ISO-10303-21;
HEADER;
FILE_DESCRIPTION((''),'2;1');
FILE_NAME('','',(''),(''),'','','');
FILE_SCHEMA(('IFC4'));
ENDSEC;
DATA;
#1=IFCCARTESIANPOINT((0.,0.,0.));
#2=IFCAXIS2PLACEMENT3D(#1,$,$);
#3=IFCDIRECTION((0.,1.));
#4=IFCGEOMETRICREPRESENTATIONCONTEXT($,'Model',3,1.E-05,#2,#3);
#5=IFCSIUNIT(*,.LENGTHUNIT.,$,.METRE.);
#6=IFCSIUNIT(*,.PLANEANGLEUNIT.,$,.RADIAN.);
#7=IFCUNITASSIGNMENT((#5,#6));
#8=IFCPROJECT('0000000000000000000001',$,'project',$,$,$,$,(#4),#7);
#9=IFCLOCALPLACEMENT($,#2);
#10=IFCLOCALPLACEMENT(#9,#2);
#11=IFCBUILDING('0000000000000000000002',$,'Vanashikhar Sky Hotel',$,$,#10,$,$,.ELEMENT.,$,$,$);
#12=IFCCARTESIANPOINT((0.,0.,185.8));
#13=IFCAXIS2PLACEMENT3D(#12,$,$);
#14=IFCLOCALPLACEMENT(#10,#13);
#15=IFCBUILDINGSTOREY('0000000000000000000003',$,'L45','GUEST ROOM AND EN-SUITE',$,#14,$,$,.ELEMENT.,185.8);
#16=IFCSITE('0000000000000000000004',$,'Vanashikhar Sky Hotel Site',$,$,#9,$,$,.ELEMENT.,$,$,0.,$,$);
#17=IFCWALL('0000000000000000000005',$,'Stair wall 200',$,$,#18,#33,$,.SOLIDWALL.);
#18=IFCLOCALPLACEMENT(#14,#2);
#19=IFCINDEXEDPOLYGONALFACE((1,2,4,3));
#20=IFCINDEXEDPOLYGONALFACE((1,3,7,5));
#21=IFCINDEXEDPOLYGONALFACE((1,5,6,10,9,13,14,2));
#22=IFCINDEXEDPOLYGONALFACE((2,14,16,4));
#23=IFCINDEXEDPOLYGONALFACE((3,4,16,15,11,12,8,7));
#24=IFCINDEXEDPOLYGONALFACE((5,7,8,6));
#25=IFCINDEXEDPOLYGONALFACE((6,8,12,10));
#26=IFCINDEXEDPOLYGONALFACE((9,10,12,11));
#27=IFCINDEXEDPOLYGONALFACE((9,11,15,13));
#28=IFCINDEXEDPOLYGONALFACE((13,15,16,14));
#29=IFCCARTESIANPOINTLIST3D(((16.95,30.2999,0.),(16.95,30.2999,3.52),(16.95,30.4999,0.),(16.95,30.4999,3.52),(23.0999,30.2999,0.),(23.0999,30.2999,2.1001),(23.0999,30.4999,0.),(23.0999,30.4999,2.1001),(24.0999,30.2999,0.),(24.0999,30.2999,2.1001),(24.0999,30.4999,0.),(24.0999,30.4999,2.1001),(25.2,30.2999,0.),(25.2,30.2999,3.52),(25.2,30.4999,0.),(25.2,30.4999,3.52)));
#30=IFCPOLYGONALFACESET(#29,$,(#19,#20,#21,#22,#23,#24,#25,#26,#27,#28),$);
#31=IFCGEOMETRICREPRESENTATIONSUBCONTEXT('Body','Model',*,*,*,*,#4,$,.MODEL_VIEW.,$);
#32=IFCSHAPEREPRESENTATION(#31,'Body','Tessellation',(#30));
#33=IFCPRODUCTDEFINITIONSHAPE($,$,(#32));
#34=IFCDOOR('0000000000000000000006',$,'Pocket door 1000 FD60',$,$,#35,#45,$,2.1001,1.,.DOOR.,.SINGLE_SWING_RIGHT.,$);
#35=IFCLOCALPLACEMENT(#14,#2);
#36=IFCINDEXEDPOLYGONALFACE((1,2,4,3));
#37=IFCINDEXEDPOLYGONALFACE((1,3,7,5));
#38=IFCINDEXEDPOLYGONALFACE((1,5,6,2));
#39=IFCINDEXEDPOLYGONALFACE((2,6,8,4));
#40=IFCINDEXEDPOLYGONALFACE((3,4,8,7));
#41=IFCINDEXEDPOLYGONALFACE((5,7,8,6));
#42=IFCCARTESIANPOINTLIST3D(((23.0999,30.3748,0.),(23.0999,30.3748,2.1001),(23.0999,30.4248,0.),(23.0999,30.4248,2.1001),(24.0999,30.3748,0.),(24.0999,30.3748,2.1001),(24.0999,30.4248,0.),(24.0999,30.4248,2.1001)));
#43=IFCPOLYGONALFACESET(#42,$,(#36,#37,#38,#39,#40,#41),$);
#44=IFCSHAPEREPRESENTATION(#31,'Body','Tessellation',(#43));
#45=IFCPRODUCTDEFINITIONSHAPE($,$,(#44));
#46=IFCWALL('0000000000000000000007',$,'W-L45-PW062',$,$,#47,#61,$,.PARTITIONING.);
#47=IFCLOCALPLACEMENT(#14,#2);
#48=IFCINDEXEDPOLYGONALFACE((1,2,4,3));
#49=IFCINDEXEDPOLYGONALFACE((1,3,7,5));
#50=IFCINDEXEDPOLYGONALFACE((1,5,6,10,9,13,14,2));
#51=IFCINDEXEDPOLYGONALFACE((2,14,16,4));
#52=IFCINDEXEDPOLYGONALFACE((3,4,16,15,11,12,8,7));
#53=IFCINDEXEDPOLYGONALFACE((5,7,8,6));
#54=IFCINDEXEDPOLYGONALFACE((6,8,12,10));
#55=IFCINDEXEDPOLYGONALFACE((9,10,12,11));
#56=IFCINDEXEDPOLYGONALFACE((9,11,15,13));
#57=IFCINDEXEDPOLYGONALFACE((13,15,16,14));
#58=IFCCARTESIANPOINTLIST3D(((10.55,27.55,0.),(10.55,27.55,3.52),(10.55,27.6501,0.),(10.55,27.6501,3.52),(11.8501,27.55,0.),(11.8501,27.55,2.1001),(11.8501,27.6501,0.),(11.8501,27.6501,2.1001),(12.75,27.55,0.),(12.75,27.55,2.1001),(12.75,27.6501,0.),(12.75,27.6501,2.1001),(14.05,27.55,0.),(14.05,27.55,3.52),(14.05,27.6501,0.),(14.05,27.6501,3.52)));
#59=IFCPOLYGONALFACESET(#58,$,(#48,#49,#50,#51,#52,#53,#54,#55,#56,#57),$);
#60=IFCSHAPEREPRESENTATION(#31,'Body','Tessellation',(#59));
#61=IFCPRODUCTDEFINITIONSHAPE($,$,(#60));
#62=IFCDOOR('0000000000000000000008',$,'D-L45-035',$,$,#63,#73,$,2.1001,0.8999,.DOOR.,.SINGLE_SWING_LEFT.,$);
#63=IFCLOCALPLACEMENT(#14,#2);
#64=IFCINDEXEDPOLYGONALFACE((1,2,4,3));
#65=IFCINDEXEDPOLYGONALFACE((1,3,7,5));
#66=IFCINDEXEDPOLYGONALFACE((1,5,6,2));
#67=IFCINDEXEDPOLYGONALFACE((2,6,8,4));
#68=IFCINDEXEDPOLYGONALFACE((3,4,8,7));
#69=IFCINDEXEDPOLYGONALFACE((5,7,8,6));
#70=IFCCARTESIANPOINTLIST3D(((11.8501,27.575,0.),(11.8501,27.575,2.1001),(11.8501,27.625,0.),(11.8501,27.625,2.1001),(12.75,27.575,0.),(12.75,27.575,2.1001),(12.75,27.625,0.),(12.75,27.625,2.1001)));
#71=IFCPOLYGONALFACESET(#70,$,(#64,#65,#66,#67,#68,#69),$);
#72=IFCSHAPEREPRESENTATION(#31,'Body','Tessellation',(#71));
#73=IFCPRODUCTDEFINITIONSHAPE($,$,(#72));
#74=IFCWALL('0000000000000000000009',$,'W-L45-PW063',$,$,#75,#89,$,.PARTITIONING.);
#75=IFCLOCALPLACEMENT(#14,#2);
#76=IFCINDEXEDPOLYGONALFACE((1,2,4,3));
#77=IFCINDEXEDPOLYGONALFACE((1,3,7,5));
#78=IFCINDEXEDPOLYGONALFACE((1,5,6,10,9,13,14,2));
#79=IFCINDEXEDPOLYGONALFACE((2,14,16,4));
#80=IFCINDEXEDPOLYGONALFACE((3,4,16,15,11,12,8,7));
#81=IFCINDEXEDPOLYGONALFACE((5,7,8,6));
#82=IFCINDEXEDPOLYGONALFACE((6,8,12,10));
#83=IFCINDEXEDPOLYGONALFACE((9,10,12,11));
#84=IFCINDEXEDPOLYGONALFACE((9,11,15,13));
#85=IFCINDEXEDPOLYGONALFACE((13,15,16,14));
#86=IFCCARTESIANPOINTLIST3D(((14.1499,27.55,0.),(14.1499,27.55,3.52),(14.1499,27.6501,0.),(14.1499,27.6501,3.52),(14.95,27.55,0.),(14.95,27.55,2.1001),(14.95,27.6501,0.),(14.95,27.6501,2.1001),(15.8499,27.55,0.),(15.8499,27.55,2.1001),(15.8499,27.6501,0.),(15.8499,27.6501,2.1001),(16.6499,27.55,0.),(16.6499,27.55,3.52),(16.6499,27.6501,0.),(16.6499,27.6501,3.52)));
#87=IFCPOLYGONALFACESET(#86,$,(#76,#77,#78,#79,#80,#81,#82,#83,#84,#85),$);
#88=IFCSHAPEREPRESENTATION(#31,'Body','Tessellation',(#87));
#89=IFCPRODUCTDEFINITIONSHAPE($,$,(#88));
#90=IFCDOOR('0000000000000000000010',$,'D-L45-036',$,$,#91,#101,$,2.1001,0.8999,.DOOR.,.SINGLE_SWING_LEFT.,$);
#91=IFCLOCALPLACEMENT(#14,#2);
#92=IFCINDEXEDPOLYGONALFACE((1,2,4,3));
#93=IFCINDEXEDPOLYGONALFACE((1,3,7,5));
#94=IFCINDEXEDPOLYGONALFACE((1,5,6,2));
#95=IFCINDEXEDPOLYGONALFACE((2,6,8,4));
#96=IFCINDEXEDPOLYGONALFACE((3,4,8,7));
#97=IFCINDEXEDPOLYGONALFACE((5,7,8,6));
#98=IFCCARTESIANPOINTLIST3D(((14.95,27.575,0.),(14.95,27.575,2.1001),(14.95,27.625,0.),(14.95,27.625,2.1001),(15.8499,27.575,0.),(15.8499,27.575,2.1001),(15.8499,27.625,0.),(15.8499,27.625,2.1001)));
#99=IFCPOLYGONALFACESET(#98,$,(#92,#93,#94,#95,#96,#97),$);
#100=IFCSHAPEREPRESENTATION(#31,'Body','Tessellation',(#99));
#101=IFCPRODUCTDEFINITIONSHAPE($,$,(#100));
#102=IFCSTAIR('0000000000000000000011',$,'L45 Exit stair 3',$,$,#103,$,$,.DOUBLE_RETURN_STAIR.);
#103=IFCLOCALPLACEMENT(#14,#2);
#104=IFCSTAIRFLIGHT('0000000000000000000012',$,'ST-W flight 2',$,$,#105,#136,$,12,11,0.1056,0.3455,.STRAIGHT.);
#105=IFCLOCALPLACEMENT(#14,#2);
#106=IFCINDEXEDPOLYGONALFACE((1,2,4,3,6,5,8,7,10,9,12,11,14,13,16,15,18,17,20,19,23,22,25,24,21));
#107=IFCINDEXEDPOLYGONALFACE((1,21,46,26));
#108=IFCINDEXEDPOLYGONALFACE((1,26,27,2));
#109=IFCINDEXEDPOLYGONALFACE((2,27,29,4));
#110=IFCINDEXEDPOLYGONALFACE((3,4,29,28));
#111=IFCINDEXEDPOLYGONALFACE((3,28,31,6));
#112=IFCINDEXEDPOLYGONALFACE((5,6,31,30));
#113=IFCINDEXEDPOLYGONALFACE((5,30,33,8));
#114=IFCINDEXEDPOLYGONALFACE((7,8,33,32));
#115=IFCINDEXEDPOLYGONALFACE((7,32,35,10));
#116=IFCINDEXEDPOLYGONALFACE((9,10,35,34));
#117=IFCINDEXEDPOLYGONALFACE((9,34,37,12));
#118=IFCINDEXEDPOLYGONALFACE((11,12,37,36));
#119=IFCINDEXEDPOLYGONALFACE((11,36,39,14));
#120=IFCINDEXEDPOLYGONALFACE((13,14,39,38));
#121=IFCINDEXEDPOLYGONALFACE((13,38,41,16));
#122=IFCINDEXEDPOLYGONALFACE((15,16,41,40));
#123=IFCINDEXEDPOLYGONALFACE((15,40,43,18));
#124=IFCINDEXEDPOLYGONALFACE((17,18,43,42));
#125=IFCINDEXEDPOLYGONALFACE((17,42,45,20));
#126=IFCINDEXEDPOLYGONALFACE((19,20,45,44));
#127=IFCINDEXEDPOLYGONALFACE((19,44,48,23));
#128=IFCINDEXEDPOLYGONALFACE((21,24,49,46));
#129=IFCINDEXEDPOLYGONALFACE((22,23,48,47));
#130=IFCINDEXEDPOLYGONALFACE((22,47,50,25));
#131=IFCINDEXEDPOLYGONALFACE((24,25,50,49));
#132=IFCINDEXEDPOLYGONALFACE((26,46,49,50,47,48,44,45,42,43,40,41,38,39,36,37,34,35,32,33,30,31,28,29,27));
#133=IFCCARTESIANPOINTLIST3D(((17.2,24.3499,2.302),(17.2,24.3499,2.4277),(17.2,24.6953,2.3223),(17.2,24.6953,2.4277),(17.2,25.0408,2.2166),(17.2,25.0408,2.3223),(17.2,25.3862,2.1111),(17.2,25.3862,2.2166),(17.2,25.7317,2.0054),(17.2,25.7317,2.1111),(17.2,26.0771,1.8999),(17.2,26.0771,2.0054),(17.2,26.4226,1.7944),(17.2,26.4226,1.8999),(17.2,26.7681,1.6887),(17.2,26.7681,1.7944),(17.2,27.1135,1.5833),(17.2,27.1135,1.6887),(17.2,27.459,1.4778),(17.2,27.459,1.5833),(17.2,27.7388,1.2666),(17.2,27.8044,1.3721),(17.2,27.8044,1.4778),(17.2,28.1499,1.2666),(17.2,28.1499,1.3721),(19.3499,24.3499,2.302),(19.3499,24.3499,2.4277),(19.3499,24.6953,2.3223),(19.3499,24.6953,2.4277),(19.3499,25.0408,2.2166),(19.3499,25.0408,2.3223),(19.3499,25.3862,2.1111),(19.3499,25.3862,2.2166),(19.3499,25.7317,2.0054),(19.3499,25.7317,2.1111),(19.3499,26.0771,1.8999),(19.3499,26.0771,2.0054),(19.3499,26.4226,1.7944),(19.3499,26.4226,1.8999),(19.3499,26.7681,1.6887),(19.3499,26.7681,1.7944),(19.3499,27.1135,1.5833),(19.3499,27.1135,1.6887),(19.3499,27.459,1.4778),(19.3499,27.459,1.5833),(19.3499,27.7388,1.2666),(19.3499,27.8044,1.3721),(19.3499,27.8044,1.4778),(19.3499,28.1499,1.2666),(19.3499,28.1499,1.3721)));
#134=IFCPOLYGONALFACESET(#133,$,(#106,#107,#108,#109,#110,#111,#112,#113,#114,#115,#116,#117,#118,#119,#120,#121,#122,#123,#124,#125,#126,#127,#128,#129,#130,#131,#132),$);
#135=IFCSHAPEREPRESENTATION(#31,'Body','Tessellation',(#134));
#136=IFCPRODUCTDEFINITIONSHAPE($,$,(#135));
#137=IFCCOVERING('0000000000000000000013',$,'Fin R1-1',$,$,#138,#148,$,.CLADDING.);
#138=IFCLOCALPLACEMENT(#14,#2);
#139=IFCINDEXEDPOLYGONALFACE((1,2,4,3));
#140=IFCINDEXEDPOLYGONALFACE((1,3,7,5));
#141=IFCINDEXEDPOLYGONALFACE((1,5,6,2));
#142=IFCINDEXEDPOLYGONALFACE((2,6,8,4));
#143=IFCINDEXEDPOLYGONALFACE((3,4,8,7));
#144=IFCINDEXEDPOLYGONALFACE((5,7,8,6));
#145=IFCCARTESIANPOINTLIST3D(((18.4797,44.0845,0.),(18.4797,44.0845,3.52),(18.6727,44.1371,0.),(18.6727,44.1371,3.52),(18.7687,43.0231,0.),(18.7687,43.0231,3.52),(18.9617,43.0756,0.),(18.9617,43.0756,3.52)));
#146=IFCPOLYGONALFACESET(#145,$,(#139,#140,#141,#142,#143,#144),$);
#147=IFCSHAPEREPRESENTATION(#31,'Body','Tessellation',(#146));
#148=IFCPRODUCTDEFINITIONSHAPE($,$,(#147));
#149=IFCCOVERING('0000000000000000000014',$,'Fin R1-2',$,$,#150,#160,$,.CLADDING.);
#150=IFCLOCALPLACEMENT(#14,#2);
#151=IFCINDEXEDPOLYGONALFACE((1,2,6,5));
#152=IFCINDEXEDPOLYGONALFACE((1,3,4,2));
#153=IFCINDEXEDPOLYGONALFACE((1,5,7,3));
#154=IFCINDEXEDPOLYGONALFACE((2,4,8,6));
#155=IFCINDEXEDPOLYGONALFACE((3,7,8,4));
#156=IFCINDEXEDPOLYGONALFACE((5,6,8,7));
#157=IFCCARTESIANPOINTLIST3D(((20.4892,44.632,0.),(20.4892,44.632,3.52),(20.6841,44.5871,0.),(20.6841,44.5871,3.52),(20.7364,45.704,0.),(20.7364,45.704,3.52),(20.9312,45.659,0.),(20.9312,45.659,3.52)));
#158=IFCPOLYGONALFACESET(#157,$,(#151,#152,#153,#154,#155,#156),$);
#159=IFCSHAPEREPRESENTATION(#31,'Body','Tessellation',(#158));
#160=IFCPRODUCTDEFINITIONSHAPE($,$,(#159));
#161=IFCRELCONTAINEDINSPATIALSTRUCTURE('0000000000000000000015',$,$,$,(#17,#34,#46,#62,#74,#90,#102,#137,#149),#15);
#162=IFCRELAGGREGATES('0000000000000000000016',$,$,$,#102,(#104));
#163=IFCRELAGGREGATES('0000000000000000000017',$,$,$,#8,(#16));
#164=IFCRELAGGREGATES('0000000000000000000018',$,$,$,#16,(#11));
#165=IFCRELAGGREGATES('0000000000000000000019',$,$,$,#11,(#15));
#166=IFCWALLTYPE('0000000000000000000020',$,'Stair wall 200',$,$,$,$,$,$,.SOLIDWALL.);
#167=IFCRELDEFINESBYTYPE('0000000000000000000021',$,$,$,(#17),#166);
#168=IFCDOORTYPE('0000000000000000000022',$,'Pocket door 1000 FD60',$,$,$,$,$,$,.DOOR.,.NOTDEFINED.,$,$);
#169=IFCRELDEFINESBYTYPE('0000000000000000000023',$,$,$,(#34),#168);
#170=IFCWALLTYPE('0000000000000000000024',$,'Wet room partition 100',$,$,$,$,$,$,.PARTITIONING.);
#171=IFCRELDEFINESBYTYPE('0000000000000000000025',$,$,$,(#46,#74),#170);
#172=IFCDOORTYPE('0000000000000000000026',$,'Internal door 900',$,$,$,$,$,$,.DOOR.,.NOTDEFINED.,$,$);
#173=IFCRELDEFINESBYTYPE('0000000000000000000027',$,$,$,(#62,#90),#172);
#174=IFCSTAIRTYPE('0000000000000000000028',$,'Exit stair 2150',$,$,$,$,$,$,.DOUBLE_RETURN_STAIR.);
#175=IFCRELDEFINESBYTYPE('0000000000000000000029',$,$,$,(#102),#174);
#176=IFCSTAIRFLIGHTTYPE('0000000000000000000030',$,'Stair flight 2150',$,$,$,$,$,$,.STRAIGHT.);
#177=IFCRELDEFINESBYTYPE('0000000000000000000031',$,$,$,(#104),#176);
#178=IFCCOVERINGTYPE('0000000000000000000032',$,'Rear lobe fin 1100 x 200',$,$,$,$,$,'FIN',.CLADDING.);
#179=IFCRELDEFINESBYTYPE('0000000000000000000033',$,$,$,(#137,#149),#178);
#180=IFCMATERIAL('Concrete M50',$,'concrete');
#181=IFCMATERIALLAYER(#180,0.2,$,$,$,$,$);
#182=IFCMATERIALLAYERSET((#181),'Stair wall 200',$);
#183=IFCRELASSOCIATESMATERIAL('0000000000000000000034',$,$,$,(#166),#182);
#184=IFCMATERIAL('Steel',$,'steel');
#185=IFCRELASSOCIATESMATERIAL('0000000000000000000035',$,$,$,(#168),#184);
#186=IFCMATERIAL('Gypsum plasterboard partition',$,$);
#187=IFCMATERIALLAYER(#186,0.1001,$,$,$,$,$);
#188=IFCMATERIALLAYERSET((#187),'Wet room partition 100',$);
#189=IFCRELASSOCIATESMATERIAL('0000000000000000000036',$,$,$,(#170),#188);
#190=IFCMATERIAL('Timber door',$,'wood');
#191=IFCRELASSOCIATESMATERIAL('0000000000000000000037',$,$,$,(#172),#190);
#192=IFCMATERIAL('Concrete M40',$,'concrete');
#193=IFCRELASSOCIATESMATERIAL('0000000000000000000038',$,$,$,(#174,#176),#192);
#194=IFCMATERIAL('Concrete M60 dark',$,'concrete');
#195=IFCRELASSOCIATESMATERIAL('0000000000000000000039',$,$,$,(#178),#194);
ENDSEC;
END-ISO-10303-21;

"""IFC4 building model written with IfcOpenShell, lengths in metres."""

from ifc_helpers import new_model, si_unit, direction, frame, frame_2d, origin, origin_2d, place, context, subcontext, project, spatial, polyline, rectangle, outline, extrude, source, transform, mapped, material, layer, layer_set, material_profile, profile_set, type_object, element, fill, aggregate, save


model = new_model("IFC4")

# Units and contexts
model_context = context("Model", 3, precision=1e-05, world=origin(), true_north=direction((0.0, 1.0)))
body_context = subcontext(model_context, "Body", "Model", "MODEL_VIEW")
ifc_project = project(units=[si_unit("LENGTHUNIT", "METRE"), si_unit("PLANEANGLEUNIT", "RADIAN")], contexts=[model_context])

# Site, building, storey
site_placement = place(None, origin())
site = spatial("IfcSite", under=ifc_project, at=site_placement, Name="Vanashikhar Sky Hotel Site", CompositionType="ELEMENT", RefElevation=0.0)
building_placement = place(site_placement, origin())
building = spatial("IfcBuilding", under=site, at=building_placement, Name="Vanashikhar Sky Hotel", CompositionType="ELEMENT")
storey_placement = place(building_placement, frame((0.0, 0.0, 185.8)))
storey = spatial("IfcBuildingStorey", under=building, at=storey_placement, Name="L45", Description="GUEST ROOM AND EN-SUITE", CompositionType="ELEMENT", Elevation=185.8)

# Shared definitions
ifc_material_1 = material(Name="Concrete M50", Category="concrete")

# Walls, openings, doors
ifc_layer_1 = layer(ifc_material_1, 0.2)
ifc_layer_set_1 = layer_set([ifc_layer_1], Name="Stair wall 200")
wall_type_1 = type_object("IfcWallType", Name="Stair wall 200", PredefinedType="SOLIDWALL", material=ifc_layer_set_1)
shared_shape_1 = source(origin(), body_context, "Body", "SweptSolid", [
    extrude(rectangle(XDim=8.25, YDim=0.2, at=frame_2d((4.125, 0.0))), origin(), (0.0, 0.0, 1.0), 3.52),
])
wall_1_placement = place(storey_placement, frame((16.95, 30.3999, 0.0), z_axis=(0.0, 0.0, 1.0), x_axis=(1.0, 0.0, 0.0)))
wall_1 = element("IfcWall", 1, at=wall_1_placement, inside=storey, type_object=wall_type_1, Name="Stair wall 200", PredefinedType="SOLIDWALL", context=body_context, shape_type="MappedRepresentation", body=[
    mapped(shared_shape_1, transform((0.0, 0.0, 0.0), scale=1.0)),
])
shared_shape_2 = source(origin(), body_context, "Body", "SweptSolid", [
    extrude(rectangle(XDim=1.0, YDim=2.1001, at=frame_2d((0.5, 1.05))), frame((0.0, 0.1099, 0.0), z_axis=(0.0, -1.0, 0.0), x_axis=(1.0, 0.0, 0.0)), (0.0, 0.0, 1.0), 0.22),
])
opening_1_placement = place(wall_1_placement, frame((6.1499, 0.0, 0.0)))
opening_1 = element("IfcOpeningElement", 2, at=opening_1_placement, cuts=wall_1, PredefinedType="OPENING", context=body_context, shape_type="MappedRepresentation", body=[
    mapped(shared_shape_2, transform((0.0, 0.0, 0.0), scale=1.0)),
])
ifc_material_2 = material(Name="Steel", Category="steel")
door_type_1 = type_object("IfcDoorType", Name="Pocket door 1000 FD60", OperationType="NOTDEFINED", PredefinedType="DOOR", material=ifc_material_2)
shared_shape_3 = source(origin(), body_context, "Body", "SweptSolid", [
    extrude(rectangle(XDim=1.0, YDim=2.1001, at=frame_2d((0.5, 1.05))), frame((0.0, 0.0249, 0.0), z_axis=(0.0, -1.0, 0.0), x_axis=(1.0, 0.0, 0.0)), (0.0, 0.0, 1.0), 0.05),
])
door_1_placement = place(opening_1_placement, origin())
door_1 = element("IfcDoor", 3, at=door_1_placement, inside=storey, type_object=door_type_1, Name="Pocket door 1000 FD60", OperationType="SINGLE_SWING_RIGHT", OverallHeight=2.1001, OverallWidth=1.0, PredefinedType="DOOR", context=body_context, shape_type="MappedRepresentation", body=[
    mapped(shared_shape_3, transform((0.0, 0.0, 0.0), scale=1.0)),
])
fill(opening_1, door_1)
ifc_material_3 = material(Name="Gypsum plasterboard partition")
ifc_layer_2 = layer(ifc_material_3, 0.1001)
ifc_layer_set_2 = layer_set([ifc_layer_2], Name="Wet room partition 100")
wall_type_2 = type_object("IfcWallType", Name="Wet room partition 100", PredefinedType="PARTITIONING", material=ifc_layer_set_2)
shared_shape_4 = source(origin(), body_context, "Body", "SweptSolid", [
    extrude(rectangle(XDim=3.5, YDim=0.1001, at=frame_2d((1.75, 0.0))), origin(), (0.0, 0.0, 1.0), 3.52),
])
wall_2_placement = place(storey_placement, frame((10.55, 27.6001, 0.0), z_axis=(0.0, 0.0, 1.0), x_axis=(1.0, 0.0, 0.0)))
wall_2 = element("IfcWall", 4, at=wall_2_placement, inside=storey, type_object=wall_type_2, Name="W-L45-PW062", PredefinedType="PARTITIONING", context=body_context, shape_type="MappedRepresentation", body=[
    mapped(shared_shape_4, transform((0.0, 0.0, 0.0), scale=1.0)),
])
shared_shape_5 = source(origin(), body_context, "Body", "SweptSolid", [
    extrude(rectangle(XDim=0.8999, YDim=2.1001, at=frame_2d((0.45, 1.05))), frame((0.0, 0.0601, 0.0), z_axis=(0.0, -1.0, 0.0), x_axis=(1.0, 0.0, 0.0)), (0.0, 0.0, 1.0), 0.1201),
])
opening_2_placement = place(wall_2_placement, frame((1.3, 0.0, 0.0)))
opening_2 = element("IfcOpeningElement", 5, at=opening_2_placement, cuts=wall_2, PredefinedType="OPENING", context=body_context, shape_type="MappedRepresentation", body=[
    mapped(shared_shape_5, transform((0.0, 0.0, 0.0), scale=1.0)),
])
ifc_material_4 = material(Name="Timber door", Category="wood")
door_type_2 = type_object("IfcDoorType", Name="Internal door 900", OperationType="NOTDEFINED", PredefinedType="DOOR", material=ifc_material_4)
shared_shape_6 = source(origin(), body_context, "Body", "SweptSolid", [
    extrude(rectangle(XDim=0.8999, YDim=2.1001, at=frame_2d((0.45, 1.05))), frame((0.0, 0.0249, 0.0), z_axis=(0.0, -1.0, 0.0), x_axis=(1.0, 0.0, 0.0)), (0.0, 0.0, 1.0), 0.05),
])
door_2_placement = place(opening_2_placement, origin())
door_2 = element("IfcDoor", 6, at=door_2_placement, inside=storey, type_object=door_type_2, Name="D-L45-035", OperationType="SINGLE_SWING_LEFT", OverallHeight=2.1001, OverallWidth=0.8999, PredefinedType="DOOR", context=body_context, shape_type="MappedRepresentation", body=[
    mapped(shared_shape_6, transform((0.0, 0.0, 0.0), scale=1.0)),
])
fill(opening_2, door_2)
shared_shape_7 = source(origin(), body_context, "Body", "SweptSolid", [
    extrude(rectangle(XDim=2.5, YDim=0.1001, at=frame_2d((1.25, 0.0))), origin(), (0.0, 0.0, 1.0), 3.52),
])
wall_3_placement = place(storey_placement, frame((14.1499, 27.6001, 0.0), z_axis=(0.0, 0.0, 1.0), x_axis=(1.0, 0.0, 0.0)))
wall_3 = element("IfcWall", 7, at=wall_3_placement, inside=storey, type_object=wall_type_2, Name="W-L45-PW063", PredefinedType="PARTITIONING", context=body_context, shape_type="MappedRepresentation", body=[
    mapped(shared_shape_7, transform((0.0, 0.0, 0.0), scale=1.0)),
])
opening_3_placement = place(wall_3_placement, frame((0.8, 0.0, 0.0)))
opening_3 = element("IfcOpeningElement", 8, at=opening_3_placement, cuts=wall_3, PredefinedType="OPENING", context=body_context, shape_type="MappedRepresentation", body=[
    mapped(shared_shape_5, transform((0.0, 0.0, 0.0), scale=1.0)),
])
door_3_placement = place(opening_3_placement, origin())
door_3 = element("IfcDoor", 9, at=door_3_placement, inside=storey, type_object=door_type_2, Name="D-L45-036", OperationType="SINGLE_SWING_LEFT", OverallHeight=2.1001, OverallWidth=0.8999, PredefinedType="DOOR", context=body_context, shape_type="MappedRepresentation", body=[
    mapped(shared_shape_6, transform((0.0, 0.0, 0.0), scale=1.0)),
])
fill(opening_3, door_3)

# Stair, stair flight
ifc_material_5 = material(Name="Concrete M40", Category="concrete")
stair_type = type_object("IfcStairType", Name="Exit stair 2150", PredefinedType="DOUBLE_RETURN_STAIR", material=ifc_material_5)
stair_placement = place(storey_placement, origin())
stair = element("IfcStair", 10, at=stair_placement, inside=storey, type_object=stair_type, Name="L45 Exit stair 3", PredefinedType="DOUBLE_RETURN_STAIR")
stair_flight_type = type_object("IfcStairFlightType", Name="Stair flight 2150", PredefinedType="STRAIGHT", material=ifc_material_5)
shared_shape_8 = source(origin(), body_context, "Body", "SweptSolid", [
    extrude(outline(polyline([(0.0, 0.0), (0.0, 0.1055), (0.3455, 0.1055), (0.3455, 0.2112), (0.6909, 0.2112), (0.6909, 0.3167), (1.0364, 0.3167), (1.0364, 0.4221), (1.3818, 0.4221), (1.3818, 0.5278), (1.7273, 0.5278), (1.7273, 0.6333), (2.0728, 0.6333), (2.0728, 0.7388), (2.4182, 0.7388), (2.4182, 0.8445), (2.7637, 0.8445), (2.7637, 0.95), (3.1091, 0.95), (3.1091, 1.0557), (3.4546, 1.0557), (3.4546, 1.1611), (3.8, 1.1611), (3.8, 1.2666), (3.8, 1.0354), (0.4111, 0.0), (0.0, 0.0)])), frame((0.0, 1.075, 0.0), z_axis=(0.0, -1.0, 0.0), x_axis=(1.0, 0.0, 0.0)), (0.0, 0.0, 1.0), 2.1499),
])
stair_flight_placement = place(storey_placement, frame((18.2749, 28.1499, 1.2666), z_axis=(0.0, 0.0, 1.0), x_axis=(0.0, -1.0, 0.0)))
stair_flight = element("IfcStairFlight", 11, at=stair_flight_placement, type_object=stair_flight_type, Name="ST-W flight 2", NumberOfRisers=12, NumberOfTreads=11, PredefinedType="STRAIGHT", RiserHeight=0.1056, TreadLength=0.3455, context=body_context, shape_type="MappedRepresentation", body=[
    mapped(shared_shape_8, transform((0.0, 0.0, 0.0), scale=1.0)),
])
aggregate(stair, [stair_flight])

# Coverings
ifc_material_6 = material(Name="Concrete M60 dark", Category="concrete")
ifc_material_profile_1 = material_profile(ifc_material_6, rectangle(XDim=1.1001, YDim=0.2, at=origin_2d()))
ifc_profile_set_1 = profile_set([ifc_material_profile_1], Name="Rear lobe fin 1100 x 200")
covering_type_1 = type_object("IfcCoveringType", Name="Rear lobe fin 1100 x 200", ElementType="FIN", PredefinedType="CLADDING", material=ifc_profile_set_1)
shared_shape_9 = source(origin(), body_context, "Body", "SweptSolid", [
    extrude(rectangle(XDim=1.1001, YDim=0.2, at=origin_2d()), origin(), (0.0, 0.0, 1.0), 3.52),
])
for number, where, z_axis, x_axis, name in (
    (12, (18.7207, 43.5801, 0.0), (0.0, 0.0, 1.0), (-0.262711, 0.964874, 0.0), "Fin R1-1"),
    (13, (20.7102, 45.1455, 0.0), (0.0, 0.0, 1.0), (0.224645, 0.974441, 0.0), "Fin R1-2"),
):
    element("IfcCovering", number, at=place(storey_placement, frame(where, z_axis=z_axis, x_axis=x_axis)), inside=storey, type_object=covering_type_1, Name=name, PredefinedType="CLADDING", context=body_context, shape_type="MappedRepresentation", body=[
        mapped(shared_shape_9, transform((0.0, 0.0, 0.0), scale=1.0)),
    ])

save(model, "model.ifc")
